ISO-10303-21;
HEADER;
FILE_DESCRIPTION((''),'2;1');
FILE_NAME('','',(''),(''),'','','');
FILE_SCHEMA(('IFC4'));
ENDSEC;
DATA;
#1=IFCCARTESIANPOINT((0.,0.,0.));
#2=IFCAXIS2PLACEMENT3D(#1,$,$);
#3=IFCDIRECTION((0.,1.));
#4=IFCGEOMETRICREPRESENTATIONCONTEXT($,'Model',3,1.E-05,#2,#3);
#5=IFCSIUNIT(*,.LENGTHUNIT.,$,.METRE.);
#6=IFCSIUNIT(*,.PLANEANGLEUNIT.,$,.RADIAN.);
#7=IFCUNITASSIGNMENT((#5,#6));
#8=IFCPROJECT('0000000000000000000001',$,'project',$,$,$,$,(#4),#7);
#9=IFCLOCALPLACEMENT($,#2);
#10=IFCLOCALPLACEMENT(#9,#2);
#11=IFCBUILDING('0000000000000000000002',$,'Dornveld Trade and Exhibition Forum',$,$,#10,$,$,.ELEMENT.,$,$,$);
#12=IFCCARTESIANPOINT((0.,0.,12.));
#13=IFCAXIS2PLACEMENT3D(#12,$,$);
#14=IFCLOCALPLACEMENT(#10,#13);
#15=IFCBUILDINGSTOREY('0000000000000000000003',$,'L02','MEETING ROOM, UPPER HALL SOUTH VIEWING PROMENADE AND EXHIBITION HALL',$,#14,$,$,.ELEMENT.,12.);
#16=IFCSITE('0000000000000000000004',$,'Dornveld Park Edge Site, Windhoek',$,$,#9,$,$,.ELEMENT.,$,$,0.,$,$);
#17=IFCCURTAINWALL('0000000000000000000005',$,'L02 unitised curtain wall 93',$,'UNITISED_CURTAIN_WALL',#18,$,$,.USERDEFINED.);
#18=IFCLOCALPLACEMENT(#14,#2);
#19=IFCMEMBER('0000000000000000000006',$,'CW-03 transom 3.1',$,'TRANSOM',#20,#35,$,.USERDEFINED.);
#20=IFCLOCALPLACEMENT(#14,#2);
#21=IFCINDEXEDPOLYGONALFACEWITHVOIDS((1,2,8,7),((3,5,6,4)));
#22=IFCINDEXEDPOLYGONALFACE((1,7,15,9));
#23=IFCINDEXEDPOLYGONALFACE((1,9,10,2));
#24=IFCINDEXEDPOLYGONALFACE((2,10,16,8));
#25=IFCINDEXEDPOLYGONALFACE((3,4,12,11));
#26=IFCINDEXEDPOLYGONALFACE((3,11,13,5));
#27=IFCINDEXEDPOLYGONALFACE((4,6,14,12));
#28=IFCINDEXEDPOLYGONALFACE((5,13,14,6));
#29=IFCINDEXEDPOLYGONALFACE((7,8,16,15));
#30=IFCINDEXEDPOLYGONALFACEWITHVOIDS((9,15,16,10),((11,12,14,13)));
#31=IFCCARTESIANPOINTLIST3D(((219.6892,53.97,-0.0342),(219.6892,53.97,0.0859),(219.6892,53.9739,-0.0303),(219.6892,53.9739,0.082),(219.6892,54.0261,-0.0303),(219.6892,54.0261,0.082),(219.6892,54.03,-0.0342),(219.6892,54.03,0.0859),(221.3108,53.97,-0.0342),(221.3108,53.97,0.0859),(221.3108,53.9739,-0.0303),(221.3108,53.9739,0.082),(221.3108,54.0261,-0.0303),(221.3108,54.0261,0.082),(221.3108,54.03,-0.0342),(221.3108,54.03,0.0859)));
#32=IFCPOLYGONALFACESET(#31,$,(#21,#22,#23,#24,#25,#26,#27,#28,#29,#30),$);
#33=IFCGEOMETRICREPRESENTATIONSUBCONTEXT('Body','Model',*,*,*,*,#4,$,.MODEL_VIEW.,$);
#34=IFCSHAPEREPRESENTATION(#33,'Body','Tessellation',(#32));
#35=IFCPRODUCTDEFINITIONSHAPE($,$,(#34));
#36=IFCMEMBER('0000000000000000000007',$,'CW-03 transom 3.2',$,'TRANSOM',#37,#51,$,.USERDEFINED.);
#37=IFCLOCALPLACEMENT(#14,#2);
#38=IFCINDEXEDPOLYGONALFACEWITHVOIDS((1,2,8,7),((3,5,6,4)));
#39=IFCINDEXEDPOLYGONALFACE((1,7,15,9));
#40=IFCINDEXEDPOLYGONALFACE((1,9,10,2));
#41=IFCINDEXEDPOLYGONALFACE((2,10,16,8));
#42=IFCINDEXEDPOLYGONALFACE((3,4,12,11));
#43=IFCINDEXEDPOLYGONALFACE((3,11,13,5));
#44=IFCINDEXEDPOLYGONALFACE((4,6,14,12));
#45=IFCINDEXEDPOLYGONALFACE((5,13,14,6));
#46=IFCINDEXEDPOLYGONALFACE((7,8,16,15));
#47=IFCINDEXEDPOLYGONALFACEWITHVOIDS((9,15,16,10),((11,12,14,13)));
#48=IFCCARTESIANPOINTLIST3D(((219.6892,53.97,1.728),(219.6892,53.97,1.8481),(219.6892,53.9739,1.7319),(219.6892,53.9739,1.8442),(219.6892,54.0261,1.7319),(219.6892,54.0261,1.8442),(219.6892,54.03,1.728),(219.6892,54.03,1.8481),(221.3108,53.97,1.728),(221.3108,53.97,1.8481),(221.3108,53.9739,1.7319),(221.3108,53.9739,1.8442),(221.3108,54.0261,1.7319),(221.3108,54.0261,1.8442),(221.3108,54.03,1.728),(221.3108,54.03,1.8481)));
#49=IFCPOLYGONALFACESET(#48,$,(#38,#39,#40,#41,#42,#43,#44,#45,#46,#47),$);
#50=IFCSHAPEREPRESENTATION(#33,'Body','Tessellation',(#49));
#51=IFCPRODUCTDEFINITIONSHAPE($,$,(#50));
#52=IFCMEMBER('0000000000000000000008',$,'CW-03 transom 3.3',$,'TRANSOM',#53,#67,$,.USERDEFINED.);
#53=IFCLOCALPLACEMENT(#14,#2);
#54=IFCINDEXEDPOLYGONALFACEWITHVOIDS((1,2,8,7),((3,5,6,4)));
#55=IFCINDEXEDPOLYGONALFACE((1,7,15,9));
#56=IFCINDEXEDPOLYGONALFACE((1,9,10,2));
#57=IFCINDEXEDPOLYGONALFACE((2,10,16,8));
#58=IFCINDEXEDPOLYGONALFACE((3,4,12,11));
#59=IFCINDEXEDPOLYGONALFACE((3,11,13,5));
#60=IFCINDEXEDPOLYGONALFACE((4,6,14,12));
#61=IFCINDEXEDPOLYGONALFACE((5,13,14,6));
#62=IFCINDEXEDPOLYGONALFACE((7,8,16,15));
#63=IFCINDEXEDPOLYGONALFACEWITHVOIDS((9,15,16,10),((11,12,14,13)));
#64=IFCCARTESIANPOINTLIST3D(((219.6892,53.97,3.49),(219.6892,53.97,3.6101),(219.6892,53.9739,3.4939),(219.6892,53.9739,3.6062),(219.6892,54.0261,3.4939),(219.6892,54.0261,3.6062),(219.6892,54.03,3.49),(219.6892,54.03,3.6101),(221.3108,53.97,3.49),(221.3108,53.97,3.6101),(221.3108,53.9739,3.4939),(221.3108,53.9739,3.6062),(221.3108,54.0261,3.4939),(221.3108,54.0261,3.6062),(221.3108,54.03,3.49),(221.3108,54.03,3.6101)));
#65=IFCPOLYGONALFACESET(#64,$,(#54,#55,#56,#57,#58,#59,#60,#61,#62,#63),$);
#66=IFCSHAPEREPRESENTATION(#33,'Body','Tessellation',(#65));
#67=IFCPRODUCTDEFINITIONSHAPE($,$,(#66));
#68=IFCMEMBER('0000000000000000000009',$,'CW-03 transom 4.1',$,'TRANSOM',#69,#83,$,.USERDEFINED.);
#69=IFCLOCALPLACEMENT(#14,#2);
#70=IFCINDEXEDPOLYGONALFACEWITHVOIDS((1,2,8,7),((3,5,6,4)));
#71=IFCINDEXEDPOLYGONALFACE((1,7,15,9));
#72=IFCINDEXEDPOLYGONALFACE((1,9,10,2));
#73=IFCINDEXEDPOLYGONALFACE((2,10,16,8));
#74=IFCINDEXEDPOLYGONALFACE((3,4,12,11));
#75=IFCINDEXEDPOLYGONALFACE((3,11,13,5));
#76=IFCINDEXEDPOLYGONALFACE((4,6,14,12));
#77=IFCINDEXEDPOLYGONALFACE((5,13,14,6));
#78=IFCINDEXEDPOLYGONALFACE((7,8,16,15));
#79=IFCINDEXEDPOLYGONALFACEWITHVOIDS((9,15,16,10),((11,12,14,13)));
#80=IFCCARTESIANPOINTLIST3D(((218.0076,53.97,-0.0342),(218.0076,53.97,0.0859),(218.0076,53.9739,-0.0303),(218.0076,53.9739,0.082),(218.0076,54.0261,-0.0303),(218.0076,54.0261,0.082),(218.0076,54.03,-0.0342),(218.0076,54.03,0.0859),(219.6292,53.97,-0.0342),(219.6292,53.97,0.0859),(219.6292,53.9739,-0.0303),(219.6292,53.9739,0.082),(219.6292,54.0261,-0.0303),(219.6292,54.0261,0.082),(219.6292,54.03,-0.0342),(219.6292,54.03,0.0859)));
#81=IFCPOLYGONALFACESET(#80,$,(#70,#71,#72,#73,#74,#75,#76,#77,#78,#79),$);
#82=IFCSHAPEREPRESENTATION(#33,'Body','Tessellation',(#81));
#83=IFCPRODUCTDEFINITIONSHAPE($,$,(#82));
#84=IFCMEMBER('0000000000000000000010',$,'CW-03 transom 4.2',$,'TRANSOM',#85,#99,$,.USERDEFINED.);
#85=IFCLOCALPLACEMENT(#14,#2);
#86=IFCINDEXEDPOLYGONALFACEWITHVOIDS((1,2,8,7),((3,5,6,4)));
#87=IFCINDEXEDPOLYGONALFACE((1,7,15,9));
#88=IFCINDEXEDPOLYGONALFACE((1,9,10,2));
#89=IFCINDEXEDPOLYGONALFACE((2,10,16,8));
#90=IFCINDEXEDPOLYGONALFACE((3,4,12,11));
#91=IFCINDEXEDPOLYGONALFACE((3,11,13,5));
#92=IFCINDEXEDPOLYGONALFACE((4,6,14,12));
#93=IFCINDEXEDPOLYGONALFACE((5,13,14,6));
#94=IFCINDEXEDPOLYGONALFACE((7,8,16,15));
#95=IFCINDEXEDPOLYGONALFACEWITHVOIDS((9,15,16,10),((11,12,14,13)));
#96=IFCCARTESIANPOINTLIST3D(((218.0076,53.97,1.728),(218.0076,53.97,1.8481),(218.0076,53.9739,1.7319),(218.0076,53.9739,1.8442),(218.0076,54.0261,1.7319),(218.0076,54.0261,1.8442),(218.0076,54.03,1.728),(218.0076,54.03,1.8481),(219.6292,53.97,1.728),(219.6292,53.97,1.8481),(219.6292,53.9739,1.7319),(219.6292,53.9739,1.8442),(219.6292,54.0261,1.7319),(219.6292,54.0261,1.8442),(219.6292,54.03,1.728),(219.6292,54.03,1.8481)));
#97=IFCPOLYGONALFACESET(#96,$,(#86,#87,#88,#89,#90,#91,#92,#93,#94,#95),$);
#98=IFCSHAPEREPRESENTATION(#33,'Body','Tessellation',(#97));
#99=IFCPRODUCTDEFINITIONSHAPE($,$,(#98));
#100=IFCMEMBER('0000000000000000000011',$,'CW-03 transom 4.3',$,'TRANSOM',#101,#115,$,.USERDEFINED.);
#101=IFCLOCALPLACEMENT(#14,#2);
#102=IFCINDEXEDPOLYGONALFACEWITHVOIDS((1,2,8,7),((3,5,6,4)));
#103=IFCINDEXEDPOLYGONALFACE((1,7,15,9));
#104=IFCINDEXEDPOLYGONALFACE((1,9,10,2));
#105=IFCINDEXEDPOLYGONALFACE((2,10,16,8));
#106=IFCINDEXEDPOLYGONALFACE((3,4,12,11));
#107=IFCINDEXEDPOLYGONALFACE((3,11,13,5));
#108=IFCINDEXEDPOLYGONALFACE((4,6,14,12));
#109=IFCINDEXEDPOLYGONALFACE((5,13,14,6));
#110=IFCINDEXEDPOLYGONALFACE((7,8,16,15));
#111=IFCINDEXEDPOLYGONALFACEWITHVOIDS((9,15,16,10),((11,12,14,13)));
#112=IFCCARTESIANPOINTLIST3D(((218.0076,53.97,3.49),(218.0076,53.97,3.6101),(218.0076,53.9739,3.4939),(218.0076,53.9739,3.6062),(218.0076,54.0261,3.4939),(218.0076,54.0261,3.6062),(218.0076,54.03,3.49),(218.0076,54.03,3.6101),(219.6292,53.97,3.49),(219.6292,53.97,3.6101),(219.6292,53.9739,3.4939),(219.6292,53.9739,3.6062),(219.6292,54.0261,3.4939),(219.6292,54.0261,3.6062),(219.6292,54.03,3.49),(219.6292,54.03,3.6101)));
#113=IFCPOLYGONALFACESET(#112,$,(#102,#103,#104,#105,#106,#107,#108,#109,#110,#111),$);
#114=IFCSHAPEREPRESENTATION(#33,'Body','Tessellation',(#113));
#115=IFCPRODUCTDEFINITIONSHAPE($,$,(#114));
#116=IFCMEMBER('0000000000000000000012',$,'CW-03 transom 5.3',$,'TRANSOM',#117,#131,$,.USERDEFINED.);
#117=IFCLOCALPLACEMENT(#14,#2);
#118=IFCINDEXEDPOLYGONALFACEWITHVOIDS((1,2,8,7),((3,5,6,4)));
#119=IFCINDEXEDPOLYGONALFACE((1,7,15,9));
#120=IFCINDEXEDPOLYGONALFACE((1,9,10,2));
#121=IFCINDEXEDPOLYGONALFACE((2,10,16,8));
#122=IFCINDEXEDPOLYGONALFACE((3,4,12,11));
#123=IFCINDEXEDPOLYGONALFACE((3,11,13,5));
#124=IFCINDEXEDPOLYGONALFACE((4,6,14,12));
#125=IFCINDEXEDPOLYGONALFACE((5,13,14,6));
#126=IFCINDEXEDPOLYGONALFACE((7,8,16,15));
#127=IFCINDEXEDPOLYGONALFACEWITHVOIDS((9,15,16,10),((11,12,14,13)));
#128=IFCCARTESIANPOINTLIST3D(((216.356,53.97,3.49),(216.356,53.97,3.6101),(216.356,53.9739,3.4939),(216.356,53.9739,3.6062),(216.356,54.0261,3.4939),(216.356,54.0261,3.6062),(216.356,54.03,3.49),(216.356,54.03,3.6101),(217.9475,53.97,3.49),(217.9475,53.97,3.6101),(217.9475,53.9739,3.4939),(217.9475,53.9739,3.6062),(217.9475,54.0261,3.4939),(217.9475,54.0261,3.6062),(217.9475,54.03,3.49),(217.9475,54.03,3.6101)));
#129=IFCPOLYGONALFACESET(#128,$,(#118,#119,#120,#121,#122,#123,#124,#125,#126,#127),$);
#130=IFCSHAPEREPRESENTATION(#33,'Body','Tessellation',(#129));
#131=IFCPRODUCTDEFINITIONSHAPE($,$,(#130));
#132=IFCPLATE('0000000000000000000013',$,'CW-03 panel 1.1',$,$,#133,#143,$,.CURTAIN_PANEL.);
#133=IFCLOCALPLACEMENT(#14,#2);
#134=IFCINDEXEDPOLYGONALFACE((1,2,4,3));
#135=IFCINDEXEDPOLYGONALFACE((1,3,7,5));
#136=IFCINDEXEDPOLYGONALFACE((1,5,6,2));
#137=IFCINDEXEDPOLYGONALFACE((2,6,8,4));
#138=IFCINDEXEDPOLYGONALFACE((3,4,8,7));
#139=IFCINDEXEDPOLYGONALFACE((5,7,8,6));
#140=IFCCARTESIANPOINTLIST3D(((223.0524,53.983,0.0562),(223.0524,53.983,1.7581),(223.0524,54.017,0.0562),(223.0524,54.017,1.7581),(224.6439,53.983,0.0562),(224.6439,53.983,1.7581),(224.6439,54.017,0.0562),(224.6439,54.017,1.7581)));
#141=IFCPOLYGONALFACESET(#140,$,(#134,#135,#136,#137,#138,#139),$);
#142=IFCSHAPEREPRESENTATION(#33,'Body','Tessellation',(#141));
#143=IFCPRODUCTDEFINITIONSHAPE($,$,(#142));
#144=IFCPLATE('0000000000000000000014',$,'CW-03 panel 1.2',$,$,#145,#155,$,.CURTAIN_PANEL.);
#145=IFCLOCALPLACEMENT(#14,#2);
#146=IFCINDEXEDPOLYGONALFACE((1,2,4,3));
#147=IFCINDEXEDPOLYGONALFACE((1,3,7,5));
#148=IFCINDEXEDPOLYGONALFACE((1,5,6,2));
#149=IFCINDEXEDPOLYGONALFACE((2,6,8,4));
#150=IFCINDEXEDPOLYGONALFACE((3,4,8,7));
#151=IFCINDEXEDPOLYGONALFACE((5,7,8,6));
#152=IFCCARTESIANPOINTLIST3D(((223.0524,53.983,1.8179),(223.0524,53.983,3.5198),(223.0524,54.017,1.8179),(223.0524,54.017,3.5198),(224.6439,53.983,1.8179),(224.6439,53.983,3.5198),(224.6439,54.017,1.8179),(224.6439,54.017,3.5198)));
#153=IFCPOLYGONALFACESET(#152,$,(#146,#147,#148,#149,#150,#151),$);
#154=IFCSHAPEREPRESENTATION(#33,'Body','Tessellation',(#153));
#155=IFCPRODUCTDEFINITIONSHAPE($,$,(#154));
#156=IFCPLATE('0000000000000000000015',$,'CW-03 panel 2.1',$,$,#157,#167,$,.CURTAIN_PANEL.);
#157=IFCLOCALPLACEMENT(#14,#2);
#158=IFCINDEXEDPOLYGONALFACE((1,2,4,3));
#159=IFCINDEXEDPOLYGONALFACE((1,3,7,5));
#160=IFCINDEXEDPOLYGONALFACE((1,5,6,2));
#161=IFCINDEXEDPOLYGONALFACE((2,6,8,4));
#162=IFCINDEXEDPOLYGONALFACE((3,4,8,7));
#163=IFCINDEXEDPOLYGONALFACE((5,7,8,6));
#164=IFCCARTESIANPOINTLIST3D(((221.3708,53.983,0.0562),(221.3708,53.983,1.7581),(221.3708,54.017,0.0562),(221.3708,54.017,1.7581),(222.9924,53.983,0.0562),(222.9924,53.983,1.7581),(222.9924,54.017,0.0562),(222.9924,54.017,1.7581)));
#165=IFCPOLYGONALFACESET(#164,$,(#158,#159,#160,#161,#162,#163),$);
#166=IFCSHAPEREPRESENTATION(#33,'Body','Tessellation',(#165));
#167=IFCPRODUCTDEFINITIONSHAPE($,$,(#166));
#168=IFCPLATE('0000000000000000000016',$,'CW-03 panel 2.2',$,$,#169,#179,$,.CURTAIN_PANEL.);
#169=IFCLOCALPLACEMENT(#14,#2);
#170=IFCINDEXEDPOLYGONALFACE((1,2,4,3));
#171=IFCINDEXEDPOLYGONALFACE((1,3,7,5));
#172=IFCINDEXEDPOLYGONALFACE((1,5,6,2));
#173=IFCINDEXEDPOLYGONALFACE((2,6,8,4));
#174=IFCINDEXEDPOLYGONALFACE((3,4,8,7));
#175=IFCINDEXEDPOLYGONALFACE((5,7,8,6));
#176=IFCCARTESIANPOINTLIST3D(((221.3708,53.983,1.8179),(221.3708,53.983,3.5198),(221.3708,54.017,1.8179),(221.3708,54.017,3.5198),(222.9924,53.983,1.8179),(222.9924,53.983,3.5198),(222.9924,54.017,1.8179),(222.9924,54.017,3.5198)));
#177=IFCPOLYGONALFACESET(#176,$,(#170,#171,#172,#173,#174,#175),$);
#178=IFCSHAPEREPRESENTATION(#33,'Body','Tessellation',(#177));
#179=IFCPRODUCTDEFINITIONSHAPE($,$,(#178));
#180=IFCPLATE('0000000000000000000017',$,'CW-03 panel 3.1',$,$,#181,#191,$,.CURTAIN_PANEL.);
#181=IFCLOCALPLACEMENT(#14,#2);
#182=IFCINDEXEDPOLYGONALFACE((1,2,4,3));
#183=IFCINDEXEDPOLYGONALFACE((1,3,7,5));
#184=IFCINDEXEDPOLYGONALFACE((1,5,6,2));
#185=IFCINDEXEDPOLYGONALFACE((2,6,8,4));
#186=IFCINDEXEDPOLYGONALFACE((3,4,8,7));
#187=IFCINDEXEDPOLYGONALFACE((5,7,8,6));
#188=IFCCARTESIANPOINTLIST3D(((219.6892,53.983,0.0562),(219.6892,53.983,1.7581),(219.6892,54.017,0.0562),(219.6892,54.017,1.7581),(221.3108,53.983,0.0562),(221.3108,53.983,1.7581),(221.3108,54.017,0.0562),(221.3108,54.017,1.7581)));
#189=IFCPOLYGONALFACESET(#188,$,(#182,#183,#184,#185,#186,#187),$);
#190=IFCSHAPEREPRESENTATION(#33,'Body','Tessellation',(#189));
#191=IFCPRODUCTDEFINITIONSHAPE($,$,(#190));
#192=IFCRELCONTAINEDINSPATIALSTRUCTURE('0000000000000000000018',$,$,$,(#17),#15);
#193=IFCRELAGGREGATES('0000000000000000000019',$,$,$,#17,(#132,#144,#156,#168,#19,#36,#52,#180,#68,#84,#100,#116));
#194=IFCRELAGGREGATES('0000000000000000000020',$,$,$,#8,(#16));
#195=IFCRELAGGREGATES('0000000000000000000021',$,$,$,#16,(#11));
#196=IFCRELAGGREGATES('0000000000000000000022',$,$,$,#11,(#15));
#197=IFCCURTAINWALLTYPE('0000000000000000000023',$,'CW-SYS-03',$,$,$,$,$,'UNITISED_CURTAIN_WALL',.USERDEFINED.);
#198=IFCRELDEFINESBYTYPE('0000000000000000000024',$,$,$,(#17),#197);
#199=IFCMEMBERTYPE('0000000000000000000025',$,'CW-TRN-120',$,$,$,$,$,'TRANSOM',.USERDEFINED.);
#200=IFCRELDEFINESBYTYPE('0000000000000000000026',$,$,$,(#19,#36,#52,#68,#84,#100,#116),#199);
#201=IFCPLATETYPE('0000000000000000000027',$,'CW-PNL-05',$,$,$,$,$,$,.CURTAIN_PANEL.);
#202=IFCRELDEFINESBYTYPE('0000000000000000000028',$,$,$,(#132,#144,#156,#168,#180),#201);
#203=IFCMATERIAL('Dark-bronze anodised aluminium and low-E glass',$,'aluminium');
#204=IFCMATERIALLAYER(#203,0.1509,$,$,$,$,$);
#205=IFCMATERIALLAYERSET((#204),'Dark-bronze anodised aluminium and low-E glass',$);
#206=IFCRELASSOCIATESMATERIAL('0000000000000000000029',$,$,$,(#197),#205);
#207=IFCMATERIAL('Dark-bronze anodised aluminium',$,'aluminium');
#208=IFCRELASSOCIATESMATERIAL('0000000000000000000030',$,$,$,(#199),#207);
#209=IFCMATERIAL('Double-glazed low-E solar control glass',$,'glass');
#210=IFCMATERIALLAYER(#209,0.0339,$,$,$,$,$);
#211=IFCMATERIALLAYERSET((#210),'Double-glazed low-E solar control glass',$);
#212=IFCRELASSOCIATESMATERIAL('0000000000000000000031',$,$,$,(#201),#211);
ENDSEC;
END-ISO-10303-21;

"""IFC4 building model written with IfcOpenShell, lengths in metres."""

from ifc_helpers import new_model, si_unit, direction, frame, origin, origin_2d, place, context, subcontext, project, spatial, rectangle, hollow_rectangle, extrude, material, layer, layer_set, material_profile, profile_set, type_object, element, aggregate, save


model = new_model("IFC4")

# Units and contexts
model_context = context("Model", 3, precision=1e-05, world=origin(), true_north=direction((0.0, 1.0)))
body_context = subcontext(model_context, "Body", "Model", "MODEL_VIEW")
ifc_project = project(units=[si_unit("LENGTHUNIT", "METRE"), si_unit("PLANEANGLEUNIT", "RADIAN")], contexts=[model_context])

# Site, building, storey
site_placement = place(None, origin())
site = spatial("IfcSite", under=ifc_project, at=site_placement, Name="Dornveld Park Edge Site, Windhoek", CompositionType="ELEMENT", RefElevation=0.0)
building_placement = place(site_placement, origin())
building = spatial("IfcBuilding", under=site, at=building_placement, Name="Dornveld Trade and Exhibition Forum", CompositionType="ELEMENT")
storey_placement = place(building_placement, frame((0.0, 0.0, 12.0)))
storey = spatial("IfcBuildingStorey", under=building, at=storey_placement, Name="L02", Description="MEETING ROOM, UPPER HALL SOUTH VIEWING PROMENADE AND EXHIBITION HALL", CompositionType="ELEMENT", Elevation=12.0)

# Curtain wall, members, plates
ifc_material_1 = material(Name="Dark-bronze anodised aluminium and low-E glass", Category="aluminium")
ifc_layer_1 = layer(ifc_material_1, 0.1509)
ifc_layer_set_1 = layer_set([ifc_layer_1], Name="Dark-bronze anodised aluminium and low-E glass")
curtain_wall_type = type_object("IfcCurtainWallType", Name="CW-SYS-03", ElementType="UNITISED_CURTAIN_WALL", PredefinedType="USERDEFINED", material=ifc_layer_set_1)
curtain_wall_placement = place(storey_placement, origin())
curtain_wall = element("IfcCurtainWall", 1, at=curtain_wall_placement, inside=storey, type_object=curtain_wall_type, Name="L02 unitised curtain wall 93", ObjectType="UNITISED_CURTAIN_WALL", PredefinedType="USERDEFINED")
ifc_material_2 = material(Name="Dark-bronze anodised aluminium", Category="aluminium")
ifc_material_profile_1 = material_profile(ifc_material_2, hollow_rectangle(XDim=0.0601, YDim=0.1201, WallThickness=0.0039, at=origin_2d()), Name="RHS 120x60x4")
ifc_profile_set_1 = profile_set([ifc_material_profile_1], Name="Dark-bronze anodised aluminium")
member_type_1 = type_object("IfcMemberType", Name="CW-TRN-120", ElementType="TRANSOM", PredefinedType="USERDEFINED", material=ifc_profile_set_1)
member_1_placement = place(storey_placement, frame((221.3108, 54.0, 0.0259), z_axis=(-1.0, 0.0, 0.0), x_axis=(0.0, -1.0, 0.0)))
member_1 = element("IfcMember", 2, at=member_1_placement, type_object=member_type_1, Name="CW-03 transom 3.1", ObjectType="TRANSOM", PredefinedType="USERDEFINED", context=body_context, shape_type="SweptSolid", body=[
    extrude(hollow_rectangle(XDim=0.0601, YDim=0.1201, WallThickness=0.0039, at=origin_2d()), origin(), (0.0, 0.0, 1.0), 1.6216),
])
member_2_placement = place(storey_placement, frame((221.3108, 54.0, 1.7881), z_axis=(-1.0, 0.0, 0.0), x_axis=(0.0, -1.0, 0.0)))
member_2 = element("IfcMember", 3, at=member_2_placement, type_object=member_type_1, Name="CW-03 transom 3.2", ObjectType="TRANSOM", PredefinedType="USERDEFINED", context=body_context, shape_type="SweptSolid", body=[
    extrude(hollow_rectangle(XDim=0.0601, YDim=0.1201, WallThickness=0.0039, at=origin_2d()), origin(), (0.0, 0.0, 1.0), 1.6216),
])
member_3_placement = place(storey_placement, frame((221.3108, 54.0, 3.55), z_axis=(-1.0, 0.0, 0.0), x_axis=(0.0, -1.0, 0.0)))
member_3 = element("IfcMember", 4, at=member_3_placement, type_object=member_type_1, Name="CW-03 transom 3.3", ObjectType="TRANSOM", PredefinedType="USERDEFINED", context=body_context, shape_type="SweptSolid", body=[
    extrude(hollow_rectangle(XDim=0.0601, YDim=0.1201, WallThickness=0.0039, at=origin_2d()), origin(), (0.0, 0.0, 1.0), 1.6216),
])
member_4_placement = place(storey_placement, frame((219.6292, 54.0, 0.0259), z_axis=(-1.0, 0.0, 0.0), x_axis=(0.0, -1.0, 0.0)))
member_4 = element("IfcMember", 5, at=member_4_placement, type_object=member_type_1, Name="CW-03 transom 4.1", ObjectType="TRANSOM", PredefinedType="USERDEFINED", context=body_context, shape_type="SweptSolid", body=[
    extrude(hollow_rectangle(XDim=0.0601, YDim=0.1201, WallThickness=0.0039, at=origin_2d()), origin(), (0.0, 0.0, 1.0), 1.6216),
])
member_5_placement = place(storey_placement, frame((219.6292, 54.0, 1.7881), z_axis=(-1.0, 0.0, 0.0), x_axis=(0.0, -1.0, 0.0)))
member_5 = element("IfcMember", 6, at=member_5_placement, type_object=member_type_1, Name="CW-03 transom 4.2", ObjectType="TRANSOM", PredefinedType="USERDEFINED", context=body_context, shape_type="SweptSolid", body=[
    extrude(hollow_rectangle(XDim=0.0601, YDim=0.1201, WallThickness=0.0039, at=origin_2d()), origin(), (0.0, 0.0, 1.0), 1.6216),
])
member_6_placement = place(storey_placement, frame((219.6292, 54.0, 3.55), z_axis=(-1.0, 0.0, 0.0), x_axis=(0.0, -1.0, 0.0)))
member_6 = element("IfcMember", 7, at=member_6_placement, type_object=member_type_1, Name="CW-03 transom 4.3", ObjectType="TRANSOM", PredefinedType="USERDEFINED", context=body_context, shape_type="SweptSolid", body=[
    extrude(hollow_rectangle(XDim=0.0601, YDim=0.1201, WallThickness=0.0039, at=origin_2d()), origin(), (0.0, 0.0, 1.0), 1.6216),
])
member_7_placement = place(storey_placement, frame((217.9475, 54.0, 3.55), z_axis=(-1.0, 0.0, 0.0), x_axis=(0.0, -1.0, 0.0)))
member_7 = element("IfcMember", 8, at=member_7_placement, type_object=member_type_1, Name="CW-03 transom 5.3", ObjectType="TRANSOM", PredefinedType="USERDEFINED", context=body_context, shape_type="SweptSolid", body=[
    extrude(hollow_rectangle(XDim=0.0601, YDim=0.1201, WallThickness=0.0039, at=origin_2d()), origin(), (0.0, 0.0, 1.0), 1.5916),
])
ifc_material_3 = material(Name="Double-glazed low-E solar control glass", Category="glass")
ifc_layer_2 = layer(ifc_material_3, 0.0339)
ifc_layer_set_2 = layer_set([ifc_layer_2], Name="Double-glazed low-E solar control glass")
plate_type = type_object("IfcPlateType", Name="CW-PNL-05", PredefinedType="CURTAIN_PANEL", material=ifc_layer_set_2)
plate_1_placement = place(storey_placement, frame((223.8481, 54.0, 0.0562), z_axis=(0.0, 0.0, 1.0), x_axis=(-1.0, 0.0, 0.0)))
plate_1 = element("IfcPlate", 9, at=plate_1_placement, type_object=plate_type, Name="CW-03 panel 1.1", PredefinedType="CURTAIN_PANEL", context=body_context, shape_type="SweptSolid", body=[
    extrude(rectangle(XDim=1.5916, YDim=0.0339, at=origin_2d()), origin(), (0.0, 0.0, 1.0), 1.7019),
])
plate_2_placement = place(storey_placement, frame((223.8481, 54.0, 1.8179), z_axis=(0.0, 0.0, 1.0), x_axis=(-1.0, 0.0, 0.0)))
plate_2 = element("IfcPlate", 10, at=plate_2_placement, type_object=plate_type, Name="CW-03 panel 1.2", PredefinedType="CURTAIN_PANEL", context=body_context, shape_type="SweptSolid", body=[
    extrude(rectangle(XDim=1.5916, YDim=0.0339, at=origin_2d()), origin(), (0.0, 0.0, 1.0), 1.7019),
])
plate_3_placement = place(storey_placement, frame((222.1816, 54.0, 0.0562), z_axis=(0.0, 0.0, 1.0), x_axis=(-1.0, 0.0, 0.0)))
plate_3 = element("IfcPlate", 11, at=plate_3_placement, type_object=plate_type, Name="CW-03 panel 2.1", PredefinedType="CURTAIN_PANEL", context=body_context, shape_type="SweptSolid", body=[
    extrude(rectangle(XDim=1.6216, YDim=0.0339, at=origin_2d()), origin(), (0.0, 0.0, 1.0), 1.7019),
])
plate_4_placement = place(storey_placement, frame((222.1816, 54.0, 1.8179), z_axis=(0.0, 0.0, 1.0), x_axis=(-1.0, 0.0, 0.0)))
plate_4 = element("IfcPlate", 12, at=plate_4_placement, type_object=plate_type, Name="CW-03 panel 2.2", PredefinedType="CURTAIN_PANEL", context=body_context, shape_type="SweptSolid", body=[
    extrude(rectangle(XDim=1.6216, YDim=0.0339, at=origin_2d()), origin(), (0.0, 0.0, 1.0), 1.7019),
])
plate_5_placement = place(storey_placement, frame((220.5, 54.0, 0.0562), z_axis=(0.0, 0.0, 1.0), x_axis=(-1.0, 0.0, 0.0)))
plate_5 = element("IfcPlate", 13, at=plate_5_placement, type_object=plate_type, Name="CW-03 panel 3.1", PredefinedType="CURTAIN_PANEL", context=body_context, shape_type="SweptSolid", body=[
    extrude(rectangle(XDim=1.6216, YDim=0.0339, at=origin_2d()), origin(), (0.0, 0.0, 1.0), 1.7019),
])
aggregate(curtain_wall, [plate_1, plate_2, plate_3, plate_4, member_1, member_2, member_3, plate_5, member_4, member_5, member_6, member_7])

save(model, "model.ifc")
